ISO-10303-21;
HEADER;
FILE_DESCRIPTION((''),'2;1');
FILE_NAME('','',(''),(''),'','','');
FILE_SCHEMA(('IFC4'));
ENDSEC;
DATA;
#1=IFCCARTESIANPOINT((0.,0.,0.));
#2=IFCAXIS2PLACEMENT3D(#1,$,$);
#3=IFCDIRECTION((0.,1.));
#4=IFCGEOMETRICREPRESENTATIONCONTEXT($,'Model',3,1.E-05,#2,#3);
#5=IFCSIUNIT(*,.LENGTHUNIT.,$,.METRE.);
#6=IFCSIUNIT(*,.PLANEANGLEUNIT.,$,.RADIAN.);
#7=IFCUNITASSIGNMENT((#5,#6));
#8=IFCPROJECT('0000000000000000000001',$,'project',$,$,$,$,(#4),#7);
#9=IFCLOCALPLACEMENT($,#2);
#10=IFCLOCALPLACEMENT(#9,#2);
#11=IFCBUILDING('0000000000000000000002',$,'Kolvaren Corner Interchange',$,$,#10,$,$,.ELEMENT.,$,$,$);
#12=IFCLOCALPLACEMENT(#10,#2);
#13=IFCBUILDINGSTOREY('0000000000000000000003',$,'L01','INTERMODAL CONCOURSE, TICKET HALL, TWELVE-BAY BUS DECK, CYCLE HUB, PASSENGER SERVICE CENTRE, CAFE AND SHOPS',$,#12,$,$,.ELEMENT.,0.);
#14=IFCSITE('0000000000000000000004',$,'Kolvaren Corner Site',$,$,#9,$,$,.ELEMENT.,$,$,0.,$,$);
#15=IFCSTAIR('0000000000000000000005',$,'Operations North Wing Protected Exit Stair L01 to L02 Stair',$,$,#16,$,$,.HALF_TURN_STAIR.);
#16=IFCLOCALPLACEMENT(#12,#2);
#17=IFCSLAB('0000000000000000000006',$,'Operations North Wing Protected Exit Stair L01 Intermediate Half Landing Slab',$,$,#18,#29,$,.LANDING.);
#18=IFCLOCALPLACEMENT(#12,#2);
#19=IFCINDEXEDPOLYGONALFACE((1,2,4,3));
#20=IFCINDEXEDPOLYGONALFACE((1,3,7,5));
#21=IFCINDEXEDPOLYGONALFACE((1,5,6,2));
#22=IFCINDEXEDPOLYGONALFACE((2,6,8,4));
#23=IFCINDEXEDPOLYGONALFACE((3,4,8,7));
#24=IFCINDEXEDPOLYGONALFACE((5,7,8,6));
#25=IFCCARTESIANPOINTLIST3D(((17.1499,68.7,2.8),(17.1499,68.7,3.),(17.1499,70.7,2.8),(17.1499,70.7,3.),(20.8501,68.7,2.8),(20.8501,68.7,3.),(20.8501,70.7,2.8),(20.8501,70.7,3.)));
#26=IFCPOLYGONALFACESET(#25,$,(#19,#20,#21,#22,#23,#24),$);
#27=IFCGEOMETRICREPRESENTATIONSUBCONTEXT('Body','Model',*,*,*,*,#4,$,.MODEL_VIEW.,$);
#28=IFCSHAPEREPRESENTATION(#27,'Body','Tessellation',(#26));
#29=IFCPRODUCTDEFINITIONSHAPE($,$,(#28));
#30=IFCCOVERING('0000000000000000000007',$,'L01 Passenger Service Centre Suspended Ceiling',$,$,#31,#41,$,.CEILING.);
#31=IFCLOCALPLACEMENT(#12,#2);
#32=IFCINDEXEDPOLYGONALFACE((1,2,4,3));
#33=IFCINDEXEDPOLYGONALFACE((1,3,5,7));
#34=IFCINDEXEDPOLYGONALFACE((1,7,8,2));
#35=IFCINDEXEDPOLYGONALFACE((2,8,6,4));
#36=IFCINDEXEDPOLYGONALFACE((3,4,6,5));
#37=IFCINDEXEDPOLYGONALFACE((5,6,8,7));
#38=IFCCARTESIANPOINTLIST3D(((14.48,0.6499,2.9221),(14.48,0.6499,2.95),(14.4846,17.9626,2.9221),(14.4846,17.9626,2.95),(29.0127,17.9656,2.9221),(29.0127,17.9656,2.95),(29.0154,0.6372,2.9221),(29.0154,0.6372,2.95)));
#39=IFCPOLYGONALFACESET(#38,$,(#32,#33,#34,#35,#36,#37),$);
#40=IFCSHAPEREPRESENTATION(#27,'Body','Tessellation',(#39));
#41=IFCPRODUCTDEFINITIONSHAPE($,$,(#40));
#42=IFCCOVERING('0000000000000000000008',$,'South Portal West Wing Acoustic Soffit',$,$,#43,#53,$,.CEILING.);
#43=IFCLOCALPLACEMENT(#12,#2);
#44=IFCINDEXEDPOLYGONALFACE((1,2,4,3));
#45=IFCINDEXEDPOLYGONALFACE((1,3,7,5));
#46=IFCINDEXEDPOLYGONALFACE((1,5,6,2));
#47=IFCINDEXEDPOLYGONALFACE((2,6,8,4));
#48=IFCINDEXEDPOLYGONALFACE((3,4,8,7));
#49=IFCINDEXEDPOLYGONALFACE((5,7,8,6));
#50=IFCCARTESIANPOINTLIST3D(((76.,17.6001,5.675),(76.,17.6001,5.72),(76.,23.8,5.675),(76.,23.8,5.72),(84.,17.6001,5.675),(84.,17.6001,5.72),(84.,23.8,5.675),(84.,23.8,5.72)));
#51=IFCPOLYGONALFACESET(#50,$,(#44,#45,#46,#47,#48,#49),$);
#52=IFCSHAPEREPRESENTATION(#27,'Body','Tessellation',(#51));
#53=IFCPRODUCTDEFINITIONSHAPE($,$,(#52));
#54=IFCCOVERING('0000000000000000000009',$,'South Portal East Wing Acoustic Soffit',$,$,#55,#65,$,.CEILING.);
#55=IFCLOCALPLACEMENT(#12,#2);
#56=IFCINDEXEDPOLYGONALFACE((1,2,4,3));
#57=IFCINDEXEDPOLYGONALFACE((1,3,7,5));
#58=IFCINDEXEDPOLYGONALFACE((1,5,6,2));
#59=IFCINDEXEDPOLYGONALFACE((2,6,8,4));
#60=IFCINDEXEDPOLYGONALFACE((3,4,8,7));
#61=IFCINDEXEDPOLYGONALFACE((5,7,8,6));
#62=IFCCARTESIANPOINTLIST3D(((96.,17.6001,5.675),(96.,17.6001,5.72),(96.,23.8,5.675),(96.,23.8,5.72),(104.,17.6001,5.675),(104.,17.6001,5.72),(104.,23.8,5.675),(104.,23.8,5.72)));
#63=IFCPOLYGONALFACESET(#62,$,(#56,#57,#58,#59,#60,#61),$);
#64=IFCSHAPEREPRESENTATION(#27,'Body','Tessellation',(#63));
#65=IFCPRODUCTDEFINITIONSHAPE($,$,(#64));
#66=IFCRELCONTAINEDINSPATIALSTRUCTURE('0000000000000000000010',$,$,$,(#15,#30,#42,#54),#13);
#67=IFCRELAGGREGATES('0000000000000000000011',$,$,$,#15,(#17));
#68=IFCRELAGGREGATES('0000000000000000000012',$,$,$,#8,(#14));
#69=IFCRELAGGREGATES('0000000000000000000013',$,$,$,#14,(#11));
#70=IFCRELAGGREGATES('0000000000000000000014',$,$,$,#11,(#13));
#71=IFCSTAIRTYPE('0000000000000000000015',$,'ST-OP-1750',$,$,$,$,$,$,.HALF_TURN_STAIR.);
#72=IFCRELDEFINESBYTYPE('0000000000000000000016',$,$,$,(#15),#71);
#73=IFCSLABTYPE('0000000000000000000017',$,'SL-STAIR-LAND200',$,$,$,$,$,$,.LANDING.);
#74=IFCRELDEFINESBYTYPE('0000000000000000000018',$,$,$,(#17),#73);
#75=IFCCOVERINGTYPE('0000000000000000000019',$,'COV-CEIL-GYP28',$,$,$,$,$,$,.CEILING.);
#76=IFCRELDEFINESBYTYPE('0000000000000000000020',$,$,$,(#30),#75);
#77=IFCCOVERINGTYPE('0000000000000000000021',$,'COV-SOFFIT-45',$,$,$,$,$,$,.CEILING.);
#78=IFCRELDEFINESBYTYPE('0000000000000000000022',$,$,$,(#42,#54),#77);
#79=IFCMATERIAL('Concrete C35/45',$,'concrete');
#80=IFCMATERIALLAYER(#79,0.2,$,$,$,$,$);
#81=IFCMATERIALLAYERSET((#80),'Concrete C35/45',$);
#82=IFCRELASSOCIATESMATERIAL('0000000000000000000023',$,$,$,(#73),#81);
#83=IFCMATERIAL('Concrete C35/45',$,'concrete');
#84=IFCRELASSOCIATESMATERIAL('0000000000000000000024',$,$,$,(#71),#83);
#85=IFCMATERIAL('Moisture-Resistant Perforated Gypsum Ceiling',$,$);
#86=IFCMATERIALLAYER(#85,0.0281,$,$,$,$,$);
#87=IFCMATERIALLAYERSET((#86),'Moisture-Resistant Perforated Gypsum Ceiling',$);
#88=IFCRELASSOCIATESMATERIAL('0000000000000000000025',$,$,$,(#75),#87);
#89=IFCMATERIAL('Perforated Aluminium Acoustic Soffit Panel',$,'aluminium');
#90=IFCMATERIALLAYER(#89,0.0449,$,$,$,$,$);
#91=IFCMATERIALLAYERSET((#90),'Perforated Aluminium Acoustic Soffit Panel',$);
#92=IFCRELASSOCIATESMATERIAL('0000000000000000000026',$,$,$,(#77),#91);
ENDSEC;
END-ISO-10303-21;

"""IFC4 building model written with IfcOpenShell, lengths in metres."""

from ifc_helpers import new_model, si_unit, direction, frame, origin, place, context, subcontext, project, spatial, polyline, outline, extrude, material, layer, layer_set, type_object, element, aggregate, save


model = new_model("IFC4")

# Units and contexts
model_context = context("Model", 3, precision=1e-05, world=origin(), true_north=direction((0.0, 1.0)))
body_context = subcontext(model_context, "Body", "Model", "MODEL_VIEW")
ifc_project = project(units=[si_unit("LENGTHUNIT", "METRE"), si_unit("PLANEANGLEUNIT", "RADIAN")], contexts=[model_context])

# Site, building, storey
site_placement = place(None, origin())
site = spatial("IfcSite", under=ifc_project, at=site_placement, Name="Kolvaren Corner Site", CompositionType="ELEMENT", RefElevation=0.0)
building_placement = place(site_placement, origin())
building = spatial("IfcBuilding", under=site, at=building_placement, Name="Kolvaren Corner Interchange", CompositionType="ELEMENT")
storey_placement = place(building_placement, origin())
storey = spatial("IfcBuildingStorey", under=building, at=storey_placement, Name="L01", Description="INTERMODAL CONCOURSE, TICKET HALL, TWELVE-BAY BUS DECK, CYCLE HUB, PASSENGER SERVICE CENTRE, CAFE AND SHOPS", CompositionType="ELEMENT", Elevation=0.0)

# Stair, slab
ifc_material_1 = material(Name="Concrete C35/45", Category="concrete")
ifc_layer_1 = layer(ifc_material_1, 0.2)
ifc_layer_set_1 = layer_set([ifc_layer_1], Name="Concrete C35/45")
slab_type = type_object("IfcSlabType", Name="SL-STAIR-LAND200", PredefinedType="LANDING", material=ifc_layer_set_1)
ifc_material_2 = material(Name="Concrete C35/45", Category="concrete")
stair_type_1 = type_object("IfcStairType", Name="ST-OP-1750", PredefinedType="HALF_TURN_STAIR", material=ifc_material_2)
stair_1_placement = place(storey_placement, origin())
stair_1 = element("IfcStair", 1, at=stair_1_placement, inside=storey, type_object=stair_type_1, Name="Operations North Wing Protected Exit Stair L01 to L02 Stair", PredefinedType="HALF_TURN_STAIR")
slab_1_placement = place(storey_placement, frame((0.0, 0.0, 2.8)))
slab_1 = element("IfcSlab", 2, at=slab_1_placement, type_object=slab_type, Name="Operations North Wing Protected Exit Stair L01 Intermediate Half Landing Slab", PredefinedType="LANDING", context=body_context, shape_type="SweptSolid", body=[
    extrude(outline(polyline([(20.8501, 68.7), (20.8501, 70.7), (17.1499, 70.7), (17.1499, 68.7), (20.8501, 68.7)])), origin(), (0.0, 0.0, 1.0), 0.2),
])
aggregate(stair_1, [slab_1])

# Coverings
ifc_material_3 = material(Name="Moisture-Resistant Perforated Gypsum Ceiling")
ifc_layer_2 = layer(ifc_material_3, 0.0281)
ifc_layer_set_2 = layer_set([ifc_layer_2], Name="Moisture-Resistant Perforated Gypsum Ceiling")
covering_type_1 = type_object("IfcCoveringType", Name="COV-CEIL-GYP28", PredefinedType="CEILING", material=ifc_layer_set_2)
covering_1_placement = place(storey_placement, frame((0.0, 0.0, 2.9221)))
element("IfcCovering", 3, at=covering_1_placement, inside=storey, type_object=covering_type_1, Name="L01 Passenger Service Centre Suspended Ceiling", PredefinedType="CEILING", context=body_context, shape_type="SweptSolid", body=[
    extrude(outline(polyline([(14.48, 0.6499), (29.0154, 0.6372), (29.0127, 17.9656), (14.4846, 17.9626), (14.48, 0.6499)])), origin(), (0.0, 0.0, 1.0), 0.0278),
])
ifc_material_4 = material(Name="Perforated Aluminium Acoustic Soffit Panel", Category="aluminium")
ifc_layer_3 = layer(ifc_material_4, 0.0449)
ifc_layer_set_3 = layer_set([ifc_layer_3], Name="Perforated Aluminium Acoustic Soffit Panel")
covering_type_2 = type_object("IfcCoveringType", Name="COV-SOFFIT-45", PredefinedType="CEILING", material=ifc_layer_set_3)
covering_2_placement = place(storey_placement, frame((0.0, 0.0, 5.675)))
element("IfcCovering", 4, at=covering_2_placement, inside=storey, type_object=covering_type_2, Name="South Portal West Wing Acoustic Soffit", PredefinedType="CEILING", context=body_context, shape_type="SweptSolid", body=[
    extrude(outline(polyline([(76.0, 17.6001), (84.0, 17.6001), (84.0, 23.8), (76.0, 23.8), (76.0, 17.6001)])), origin(), (0.0, 0.0, 1.0), 0.0449),
])
covering_3_placement = place(storey_placement, frame((0.0, 0.0, 5.675)))
element("IfcCovering", 5, at=covering_3_placement, inside=storey, type_object=covering_type_2, Name="South Portal East Wing Acoustic Soffit", PredefinedType="CEILING", context=body_context, shape_type="SweptSolid", body=[
    extrude(outline(polyline([(96.0, 17.6001), (104.0, 17.6001), (104.0, 23.8), (96.0, 23.8), (96.0, 17.6001)])), origin(), (0.0, 0.0, 1.0), 0.0449),
])

save(model, "model.ifc")
